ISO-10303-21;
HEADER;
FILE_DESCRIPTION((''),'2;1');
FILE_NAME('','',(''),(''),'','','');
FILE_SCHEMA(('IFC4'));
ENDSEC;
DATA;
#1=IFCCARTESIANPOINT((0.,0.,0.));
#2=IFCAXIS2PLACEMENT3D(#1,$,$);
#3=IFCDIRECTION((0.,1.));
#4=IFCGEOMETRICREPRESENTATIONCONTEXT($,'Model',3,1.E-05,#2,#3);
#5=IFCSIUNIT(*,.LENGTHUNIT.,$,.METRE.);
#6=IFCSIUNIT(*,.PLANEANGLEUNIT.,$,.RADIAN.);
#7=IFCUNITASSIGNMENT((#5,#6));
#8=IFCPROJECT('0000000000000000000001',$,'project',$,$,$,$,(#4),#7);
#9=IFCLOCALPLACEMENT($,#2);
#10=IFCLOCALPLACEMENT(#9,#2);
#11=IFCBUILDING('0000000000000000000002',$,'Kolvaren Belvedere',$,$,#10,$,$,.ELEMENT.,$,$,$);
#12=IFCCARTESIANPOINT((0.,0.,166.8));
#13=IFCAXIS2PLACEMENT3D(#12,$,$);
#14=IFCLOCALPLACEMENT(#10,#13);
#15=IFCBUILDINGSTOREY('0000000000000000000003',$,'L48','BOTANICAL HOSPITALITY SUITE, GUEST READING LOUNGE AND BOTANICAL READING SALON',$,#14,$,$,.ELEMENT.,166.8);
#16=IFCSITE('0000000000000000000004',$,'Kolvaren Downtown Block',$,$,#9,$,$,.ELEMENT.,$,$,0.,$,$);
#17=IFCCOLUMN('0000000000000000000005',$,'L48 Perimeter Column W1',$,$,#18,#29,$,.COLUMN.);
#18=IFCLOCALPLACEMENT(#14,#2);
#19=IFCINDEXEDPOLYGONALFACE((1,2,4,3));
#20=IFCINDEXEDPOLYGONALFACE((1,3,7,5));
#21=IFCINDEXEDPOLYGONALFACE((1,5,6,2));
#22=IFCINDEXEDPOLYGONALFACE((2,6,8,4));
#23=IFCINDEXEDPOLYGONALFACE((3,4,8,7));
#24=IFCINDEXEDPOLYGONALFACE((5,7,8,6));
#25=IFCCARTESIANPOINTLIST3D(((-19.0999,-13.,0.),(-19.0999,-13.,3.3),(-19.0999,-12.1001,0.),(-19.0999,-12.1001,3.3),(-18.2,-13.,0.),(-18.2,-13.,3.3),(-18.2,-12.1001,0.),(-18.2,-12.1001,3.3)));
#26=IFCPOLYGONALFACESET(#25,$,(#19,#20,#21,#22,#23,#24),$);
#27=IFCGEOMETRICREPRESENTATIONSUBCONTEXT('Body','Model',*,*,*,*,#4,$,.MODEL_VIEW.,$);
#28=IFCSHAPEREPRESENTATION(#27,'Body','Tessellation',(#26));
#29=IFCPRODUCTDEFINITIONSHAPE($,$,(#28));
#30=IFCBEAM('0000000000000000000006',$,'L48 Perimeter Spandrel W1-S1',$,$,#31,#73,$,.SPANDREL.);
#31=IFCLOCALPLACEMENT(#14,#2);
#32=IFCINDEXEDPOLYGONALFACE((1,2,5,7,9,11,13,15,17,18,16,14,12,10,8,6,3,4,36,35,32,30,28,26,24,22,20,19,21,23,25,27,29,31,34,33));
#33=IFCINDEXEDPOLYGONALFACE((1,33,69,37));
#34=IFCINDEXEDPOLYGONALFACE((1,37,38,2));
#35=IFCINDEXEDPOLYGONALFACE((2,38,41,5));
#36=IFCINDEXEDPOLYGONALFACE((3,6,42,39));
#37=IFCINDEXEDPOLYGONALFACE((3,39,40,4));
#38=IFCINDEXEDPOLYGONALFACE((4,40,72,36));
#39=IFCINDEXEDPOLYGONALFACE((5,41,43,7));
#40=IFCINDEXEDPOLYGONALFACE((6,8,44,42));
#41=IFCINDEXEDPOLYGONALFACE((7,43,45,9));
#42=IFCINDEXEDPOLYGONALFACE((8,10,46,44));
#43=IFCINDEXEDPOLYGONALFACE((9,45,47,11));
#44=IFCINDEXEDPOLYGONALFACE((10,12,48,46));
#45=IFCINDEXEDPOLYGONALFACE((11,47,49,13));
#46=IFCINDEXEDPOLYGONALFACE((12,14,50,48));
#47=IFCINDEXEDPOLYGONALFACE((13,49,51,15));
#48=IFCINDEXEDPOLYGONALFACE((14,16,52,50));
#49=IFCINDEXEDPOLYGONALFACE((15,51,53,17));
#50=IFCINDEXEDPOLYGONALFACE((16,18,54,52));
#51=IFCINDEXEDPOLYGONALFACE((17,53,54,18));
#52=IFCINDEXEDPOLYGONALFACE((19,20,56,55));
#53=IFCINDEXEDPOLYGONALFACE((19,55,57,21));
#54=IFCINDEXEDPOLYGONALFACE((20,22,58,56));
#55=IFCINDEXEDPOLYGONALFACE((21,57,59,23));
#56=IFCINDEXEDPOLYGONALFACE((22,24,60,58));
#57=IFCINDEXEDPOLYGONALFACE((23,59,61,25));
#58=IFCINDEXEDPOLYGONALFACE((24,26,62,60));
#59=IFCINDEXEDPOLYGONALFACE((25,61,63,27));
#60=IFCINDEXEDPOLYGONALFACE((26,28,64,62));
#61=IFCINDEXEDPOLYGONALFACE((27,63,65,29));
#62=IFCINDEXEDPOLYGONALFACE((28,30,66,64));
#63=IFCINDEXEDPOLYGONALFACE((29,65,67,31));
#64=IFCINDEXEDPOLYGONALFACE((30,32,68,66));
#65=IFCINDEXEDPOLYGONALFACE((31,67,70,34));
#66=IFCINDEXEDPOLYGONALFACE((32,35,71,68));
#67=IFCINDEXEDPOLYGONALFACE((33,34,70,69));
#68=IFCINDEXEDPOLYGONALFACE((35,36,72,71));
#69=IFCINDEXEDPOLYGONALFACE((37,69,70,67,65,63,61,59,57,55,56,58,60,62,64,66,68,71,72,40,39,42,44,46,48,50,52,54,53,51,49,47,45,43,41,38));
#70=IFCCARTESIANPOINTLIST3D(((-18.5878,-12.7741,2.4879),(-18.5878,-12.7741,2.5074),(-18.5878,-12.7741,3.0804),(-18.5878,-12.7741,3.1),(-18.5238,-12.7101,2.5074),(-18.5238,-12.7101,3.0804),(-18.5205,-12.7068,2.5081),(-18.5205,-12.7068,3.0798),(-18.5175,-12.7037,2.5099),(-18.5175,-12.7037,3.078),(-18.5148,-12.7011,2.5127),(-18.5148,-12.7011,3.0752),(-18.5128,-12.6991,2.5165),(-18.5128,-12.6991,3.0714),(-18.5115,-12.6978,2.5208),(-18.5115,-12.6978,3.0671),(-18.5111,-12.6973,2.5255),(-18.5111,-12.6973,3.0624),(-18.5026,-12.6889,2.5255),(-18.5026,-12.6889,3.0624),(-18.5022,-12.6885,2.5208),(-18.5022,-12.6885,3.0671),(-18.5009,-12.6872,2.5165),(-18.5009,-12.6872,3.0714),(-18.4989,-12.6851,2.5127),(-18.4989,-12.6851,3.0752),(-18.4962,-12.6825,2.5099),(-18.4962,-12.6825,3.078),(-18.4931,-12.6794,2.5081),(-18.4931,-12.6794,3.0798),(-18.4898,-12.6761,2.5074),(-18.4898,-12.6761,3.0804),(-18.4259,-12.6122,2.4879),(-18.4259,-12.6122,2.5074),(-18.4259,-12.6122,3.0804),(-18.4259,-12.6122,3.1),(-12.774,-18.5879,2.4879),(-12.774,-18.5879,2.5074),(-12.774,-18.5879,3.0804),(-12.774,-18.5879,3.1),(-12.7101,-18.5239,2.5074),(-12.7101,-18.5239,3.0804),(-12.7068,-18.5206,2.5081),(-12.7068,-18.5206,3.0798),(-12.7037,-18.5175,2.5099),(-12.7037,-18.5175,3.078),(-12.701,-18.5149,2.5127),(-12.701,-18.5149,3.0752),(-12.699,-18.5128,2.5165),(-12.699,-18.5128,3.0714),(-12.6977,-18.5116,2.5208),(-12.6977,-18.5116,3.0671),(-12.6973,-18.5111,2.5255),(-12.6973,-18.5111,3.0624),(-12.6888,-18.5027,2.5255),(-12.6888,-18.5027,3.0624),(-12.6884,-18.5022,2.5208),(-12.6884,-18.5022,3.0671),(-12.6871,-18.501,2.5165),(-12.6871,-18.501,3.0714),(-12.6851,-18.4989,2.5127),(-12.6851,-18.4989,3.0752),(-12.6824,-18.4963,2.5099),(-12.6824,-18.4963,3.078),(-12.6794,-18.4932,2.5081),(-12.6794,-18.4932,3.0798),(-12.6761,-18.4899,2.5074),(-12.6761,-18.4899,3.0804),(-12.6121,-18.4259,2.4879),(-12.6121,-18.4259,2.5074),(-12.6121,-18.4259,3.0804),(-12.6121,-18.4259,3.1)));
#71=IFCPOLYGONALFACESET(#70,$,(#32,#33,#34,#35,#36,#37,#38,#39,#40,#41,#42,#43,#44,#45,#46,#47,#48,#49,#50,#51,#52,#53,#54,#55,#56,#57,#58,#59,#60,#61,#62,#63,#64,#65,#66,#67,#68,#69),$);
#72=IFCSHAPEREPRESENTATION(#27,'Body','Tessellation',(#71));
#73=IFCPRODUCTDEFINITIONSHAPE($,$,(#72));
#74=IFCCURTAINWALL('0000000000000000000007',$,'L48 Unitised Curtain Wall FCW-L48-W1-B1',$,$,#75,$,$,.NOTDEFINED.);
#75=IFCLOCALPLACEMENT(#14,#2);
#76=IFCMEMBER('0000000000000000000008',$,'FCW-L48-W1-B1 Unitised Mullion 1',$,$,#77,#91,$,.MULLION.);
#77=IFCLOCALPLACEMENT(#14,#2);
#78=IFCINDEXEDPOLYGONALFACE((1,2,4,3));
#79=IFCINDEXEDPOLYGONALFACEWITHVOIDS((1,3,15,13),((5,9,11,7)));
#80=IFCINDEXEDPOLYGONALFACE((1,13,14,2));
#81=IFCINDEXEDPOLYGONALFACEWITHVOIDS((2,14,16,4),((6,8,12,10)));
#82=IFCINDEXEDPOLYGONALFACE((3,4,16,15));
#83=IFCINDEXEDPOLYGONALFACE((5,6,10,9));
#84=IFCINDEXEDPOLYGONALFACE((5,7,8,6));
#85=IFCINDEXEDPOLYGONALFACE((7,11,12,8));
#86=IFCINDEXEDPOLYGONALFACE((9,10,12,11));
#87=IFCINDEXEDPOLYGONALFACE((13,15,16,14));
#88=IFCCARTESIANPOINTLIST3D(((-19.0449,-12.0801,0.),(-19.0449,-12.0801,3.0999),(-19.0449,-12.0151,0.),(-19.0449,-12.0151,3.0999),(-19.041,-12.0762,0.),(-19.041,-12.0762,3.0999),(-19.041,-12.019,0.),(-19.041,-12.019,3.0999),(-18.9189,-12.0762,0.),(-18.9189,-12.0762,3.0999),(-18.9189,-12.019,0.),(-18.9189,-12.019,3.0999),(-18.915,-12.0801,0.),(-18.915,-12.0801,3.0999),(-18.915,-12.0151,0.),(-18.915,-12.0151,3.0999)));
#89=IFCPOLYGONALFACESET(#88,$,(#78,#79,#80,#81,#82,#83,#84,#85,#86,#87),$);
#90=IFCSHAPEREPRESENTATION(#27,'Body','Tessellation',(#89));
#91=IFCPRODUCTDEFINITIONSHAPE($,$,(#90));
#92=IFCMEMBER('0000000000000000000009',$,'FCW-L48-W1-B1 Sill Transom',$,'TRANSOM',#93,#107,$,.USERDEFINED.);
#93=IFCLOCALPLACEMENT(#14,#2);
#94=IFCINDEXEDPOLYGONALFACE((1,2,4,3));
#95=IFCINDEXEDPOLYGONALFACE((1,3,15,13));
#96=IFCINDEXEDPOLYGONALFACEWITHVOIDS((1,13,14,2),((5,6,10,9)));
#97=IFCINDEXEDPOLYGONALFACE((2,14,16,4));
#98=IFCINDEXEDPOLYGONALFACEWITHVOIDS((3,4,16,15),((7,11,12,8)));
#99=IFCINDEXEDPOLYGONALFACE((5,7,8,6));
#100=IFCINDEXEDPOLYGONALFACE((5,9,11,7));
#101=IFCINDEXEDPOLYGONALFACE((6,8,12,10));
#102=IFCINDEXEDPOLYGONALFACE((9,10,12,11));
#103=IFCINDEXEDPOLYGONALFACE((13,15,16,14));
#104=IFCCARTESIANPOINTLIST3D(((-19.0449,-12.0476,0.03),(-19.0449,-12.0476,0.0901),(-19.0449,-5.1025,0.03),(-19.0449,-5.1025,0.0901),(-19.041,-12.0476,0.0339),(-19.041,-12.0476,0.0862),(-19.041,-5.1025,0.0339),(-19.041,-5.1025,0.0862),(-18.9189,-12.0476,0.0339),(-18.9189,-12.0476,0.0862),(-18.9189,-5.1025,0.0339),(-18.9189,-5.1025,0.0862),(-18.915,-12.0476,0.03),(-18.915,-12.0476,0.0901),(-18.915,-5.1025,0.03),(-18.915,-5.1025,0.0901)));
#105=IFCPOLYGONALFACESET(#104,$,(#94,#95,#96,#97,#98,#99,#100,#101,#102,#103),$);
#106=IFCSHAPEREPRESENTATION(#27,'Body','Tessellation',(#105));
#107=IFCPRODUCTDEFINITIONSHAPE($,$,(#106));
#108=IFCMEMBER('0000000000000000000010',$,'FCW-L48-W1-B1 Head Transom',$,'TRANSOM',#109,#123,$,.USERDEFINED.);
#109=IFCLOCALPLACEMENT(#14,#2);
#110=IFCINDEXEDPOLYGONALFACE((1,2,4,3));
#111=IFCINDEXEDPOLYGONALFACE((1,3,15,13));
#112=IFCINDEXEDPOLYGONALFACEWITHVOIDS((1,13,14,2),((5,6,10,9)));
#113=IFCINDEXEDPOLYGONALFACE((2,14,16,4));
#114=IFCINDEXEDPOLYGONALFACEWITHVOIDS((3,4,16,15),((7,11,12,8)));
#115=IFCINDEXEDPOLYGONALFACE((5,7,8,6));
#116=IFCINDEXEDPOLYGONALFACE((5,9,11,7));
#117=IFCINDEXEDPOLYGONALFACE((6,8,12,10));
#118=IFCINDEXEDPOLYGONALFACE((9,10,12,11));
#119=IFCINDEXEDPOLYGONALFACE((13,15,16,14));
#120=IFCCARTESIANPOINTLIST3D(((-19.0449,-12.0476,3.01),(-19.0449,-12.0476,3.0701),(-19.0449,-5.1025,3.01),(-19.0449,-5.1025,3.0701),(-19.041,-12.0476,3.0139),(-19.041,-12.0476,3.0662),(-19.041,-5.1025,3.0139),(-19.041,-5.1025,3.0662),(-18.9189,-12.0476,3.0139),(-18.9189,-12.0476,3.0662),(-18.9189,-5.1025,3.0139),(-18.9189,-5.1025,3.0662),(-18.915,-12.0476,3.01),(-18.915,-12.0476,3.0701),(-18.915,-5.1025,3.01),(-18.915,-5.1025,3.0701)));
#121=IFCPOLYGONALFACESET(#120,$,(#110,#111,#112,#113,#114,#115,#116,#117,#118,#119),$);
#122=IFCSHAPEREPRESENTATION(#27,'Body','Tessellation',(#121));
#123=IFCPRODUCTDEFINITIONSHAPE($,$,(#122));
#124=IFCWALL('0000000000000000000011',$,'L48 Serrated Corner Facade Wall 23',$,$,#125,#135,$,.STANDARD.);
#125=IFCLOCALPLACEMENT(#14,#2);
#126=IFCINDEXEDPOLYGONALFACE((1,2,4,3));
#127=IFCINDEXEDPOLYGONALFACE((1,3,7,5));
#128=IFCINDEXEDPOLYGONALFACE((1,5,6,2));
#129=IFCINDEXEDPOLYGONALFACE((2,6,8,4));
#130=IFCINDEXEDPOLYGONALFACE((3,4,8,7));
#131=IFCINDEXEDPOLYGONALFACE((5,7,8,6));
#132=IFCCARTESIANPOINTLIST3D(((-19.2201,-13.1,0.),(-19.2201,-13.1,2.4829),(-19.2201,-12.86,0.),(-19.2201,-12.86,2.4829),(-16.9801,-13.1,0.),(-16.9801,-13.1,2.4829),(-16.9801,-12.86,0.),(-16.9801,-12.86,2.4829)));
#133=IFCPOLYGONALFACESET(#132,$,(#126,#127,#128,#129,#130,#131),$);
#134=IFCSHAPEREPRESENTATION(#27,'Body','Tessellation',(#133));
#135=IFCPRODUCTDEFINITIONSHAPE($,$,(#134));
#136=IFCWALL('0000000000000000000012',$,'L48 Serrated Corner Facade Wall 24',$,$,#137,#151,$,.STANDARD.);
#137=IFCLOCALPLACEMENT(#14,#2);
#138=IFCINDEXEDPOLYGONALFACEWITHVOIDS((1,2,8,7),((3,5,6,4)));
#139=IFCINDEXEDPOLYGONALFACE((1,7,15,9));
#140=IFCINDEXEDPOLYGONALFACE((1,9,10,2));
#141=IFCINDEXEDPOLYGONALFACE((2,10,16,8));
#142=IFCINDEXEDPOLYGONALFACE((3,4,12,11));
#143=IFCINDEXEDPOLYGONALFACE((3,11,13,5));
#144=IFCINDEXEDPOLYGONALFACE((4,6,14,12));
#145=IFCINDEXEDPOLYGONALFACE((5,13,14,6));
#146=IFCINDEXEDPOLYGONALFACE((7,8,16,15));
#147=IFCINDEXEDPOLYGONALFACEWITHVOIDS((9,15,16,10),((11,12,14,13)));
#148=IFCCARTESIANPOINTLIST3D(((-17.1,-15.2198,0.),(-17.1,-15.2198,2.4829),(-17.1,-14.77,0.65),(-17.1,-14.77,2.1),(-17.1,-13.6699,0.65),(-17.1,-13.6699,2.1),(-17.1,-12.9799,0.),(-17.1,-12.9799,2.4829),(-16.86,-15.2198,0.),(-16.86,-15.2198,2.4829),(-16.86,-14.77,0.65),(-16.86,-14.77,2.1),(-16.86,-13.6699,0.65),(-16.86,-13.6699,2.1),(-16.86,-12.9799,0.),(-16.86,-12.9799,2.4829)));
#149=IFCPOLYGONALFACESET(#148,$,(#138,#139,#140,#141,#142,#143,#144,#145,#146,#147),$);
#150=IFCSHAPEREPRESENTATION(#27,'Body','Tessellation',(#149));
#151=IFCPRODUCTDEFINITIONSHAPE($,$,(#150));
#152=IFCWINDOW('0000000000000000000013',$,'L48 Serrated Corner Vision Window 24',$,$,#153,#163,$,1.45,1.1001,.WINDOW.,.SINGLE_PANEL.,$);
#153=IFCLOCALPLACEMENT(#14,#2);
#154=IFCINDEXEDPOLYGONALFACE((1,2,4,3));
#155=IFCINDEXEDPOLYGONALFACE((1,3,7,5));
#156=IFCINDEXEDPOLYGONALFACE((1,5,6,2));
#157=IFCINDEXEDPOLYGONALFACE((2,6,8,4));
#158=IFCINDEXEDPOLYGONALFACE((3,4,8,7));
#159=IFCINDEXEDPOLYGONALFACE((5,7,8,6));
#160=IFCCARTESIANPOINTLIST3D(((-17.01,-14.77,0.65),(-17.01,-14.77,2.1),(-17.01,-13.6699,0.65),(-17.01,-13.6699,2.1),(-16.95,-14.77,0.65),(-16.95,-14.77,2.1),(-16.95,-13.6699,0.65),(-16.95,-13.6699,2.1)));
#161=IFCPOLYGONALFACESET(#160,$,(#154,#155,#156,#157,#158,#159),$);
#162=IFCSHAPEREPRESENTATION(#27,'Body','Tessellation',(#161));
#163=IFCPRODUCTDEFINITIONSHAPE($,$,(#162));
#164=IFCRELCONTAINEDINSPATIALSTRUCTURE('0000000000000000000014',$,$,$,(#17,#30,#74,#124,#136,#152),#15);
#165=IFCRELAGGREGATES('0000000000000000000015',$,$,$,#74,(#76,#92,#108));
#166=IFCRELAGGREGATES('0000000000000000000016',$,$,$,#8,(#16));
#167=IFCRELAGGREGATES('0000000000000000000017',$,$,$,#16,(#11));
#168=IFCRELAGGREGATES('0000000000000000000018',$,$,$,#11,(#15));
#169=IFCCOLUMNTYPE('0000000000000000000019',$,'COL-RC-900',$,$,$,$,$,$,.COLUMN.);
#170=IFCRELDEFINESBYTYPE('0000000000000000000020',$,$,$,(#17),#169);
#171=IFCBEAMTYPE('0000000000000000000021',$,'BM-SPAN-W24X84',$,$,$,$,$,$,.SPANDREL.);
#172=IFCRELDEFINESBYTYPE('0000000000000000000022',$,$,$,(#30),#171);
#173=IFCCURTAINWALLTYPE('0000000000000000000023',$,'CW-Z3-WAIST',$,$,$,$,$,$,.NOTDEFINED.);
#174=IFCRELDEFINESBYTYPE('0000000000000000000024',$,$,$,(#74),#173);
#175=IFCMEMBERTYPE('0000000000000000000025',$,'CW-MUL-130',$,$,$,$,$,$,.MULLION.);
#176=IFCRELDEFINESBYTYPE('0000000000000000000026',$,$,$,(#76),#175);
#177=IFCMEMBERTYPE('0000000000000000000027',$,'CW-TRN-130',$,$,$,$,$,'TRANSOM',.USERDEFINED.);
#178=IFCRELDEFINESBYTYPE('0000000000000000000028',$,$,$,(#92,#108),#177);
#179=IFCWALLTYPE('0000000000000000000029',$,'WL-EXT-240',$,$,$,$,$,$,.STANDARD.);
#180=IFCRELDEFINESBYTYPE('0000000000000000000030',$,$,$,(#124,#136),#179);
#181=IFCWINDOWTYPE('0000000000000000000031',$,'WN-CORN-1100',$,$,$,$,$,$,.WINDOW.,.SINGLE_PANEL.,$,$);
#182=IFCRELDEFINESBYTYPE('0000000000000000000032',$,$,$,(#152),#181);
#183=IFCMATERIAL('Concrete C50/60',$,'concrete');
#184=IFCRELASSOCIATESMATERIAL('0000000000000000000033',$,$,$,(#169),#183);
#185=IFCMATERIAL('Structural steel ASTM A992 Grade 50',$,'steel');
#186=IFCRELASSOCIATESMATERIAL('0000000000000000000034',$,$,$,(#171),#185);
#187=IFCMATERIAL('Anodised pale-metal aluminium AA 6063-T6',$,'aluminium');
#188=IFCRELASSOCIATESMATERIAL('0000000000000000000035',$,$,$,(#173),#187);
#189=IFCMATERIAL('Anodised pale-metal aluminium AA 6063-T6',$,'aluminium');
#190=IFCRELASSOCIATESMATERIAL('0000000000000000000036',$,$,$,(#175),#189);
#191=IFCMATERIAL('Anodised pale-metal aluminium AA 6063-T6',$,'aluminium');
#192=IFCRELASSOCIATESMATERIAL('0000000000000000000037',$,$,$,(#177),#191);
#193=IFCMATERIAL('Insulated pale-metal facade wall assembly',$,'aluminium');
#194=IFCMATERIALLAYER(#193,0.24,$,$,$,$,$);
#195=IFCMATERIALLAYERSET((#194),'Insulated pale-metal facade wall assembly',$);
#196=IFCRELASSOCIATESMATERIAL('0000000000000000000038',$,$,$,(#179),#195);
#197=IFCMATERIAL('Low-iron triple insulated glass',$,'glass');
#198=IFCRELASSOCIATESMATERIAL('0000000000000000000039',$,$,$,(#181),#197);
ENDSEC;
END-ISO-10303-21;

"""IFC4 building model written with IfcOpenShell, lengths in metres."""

from ifc_helpers import new_model, si_unit, direction, frame, frame_2d, origin, origin_2d, place, context, subcontext, project, spatial, rectangle, hollow_rectangle, i_section, extrude, material, layer, layer_set, material_profile, profile_set, type_object, element, fill, aggregate, save


model = new_model("IFC4")

# Units and contexts
model_context = context("Model", 3, precision=1e-05, world=origin(), true_north=direction((0.0, 1.0)))
body_context = subcontext(model_context, "Body", "Model", "MODEL_VIEW")
ifc_project = project(units=[si_unit("LENGTHUNIT", "METRE"), si_unit("PLANEANGLEUNIT", "RADIAN")], contexts=[model_context])

# Site, building, storey
site_placement = place(None, origin())
site = spatial("IfcSite", under=ifc_project, at=site_placement, Name="Kolvaren Downtown Block", CompositionType="ELEMENT", RefElevation=0.0)
building_placement = place(site_placement, origin())
building = spatial("IfcBuilding", under=site, at=building_placement, Name="Kolvaren Belvedere", CompositionType="ELEMENT")
storey_placement = place(building_placement, frame((0.0, 0.0, 166.8)))
storey = spatial("IfcBuildingStorey", under=building, at=storey_placement, Name="L48", Description="BOTANICAL HOSPITALITY SUITE, GUEST READING LOUNGE AND BOTANICAL READING SALON", CompositionType="ELEMENT", Elevation=166.8)

# Column
ifc_material_1 = material(Name="Concrete C50/60", Category="concrete")
ifc_material_profile_1 = material_profile(ifc_material_1, rectangle(XDim=0.8999, YDim=0.8999, at=origin_2d()), Name="RC 900X900")
ifc_profile_set_1 = profile_set([ifc_material_profile_1], Name="Concrete C50/60")
column_type = type_object("IfcColumnType", Name="COL-RC-900", PredefinedType="COLUMN", material=ifc_profile_set_1)
column_placement = place(storey_placement, frame((-18.6499, -12.55, 0.0), z_axis=(0.0, 0.0, 1.0), x_axis=(1.0, 0.0, 0.0)))
element("IfcColumn", 1, at=column_placement, inside=storey, type_object=column_type, Name="L48 Perimeter Column W1", PredefinedType="COLUMN", context=body_context, shape_type="SweptSolid", body=[
    extrude(rectangle(XDim=0.8999, YDim=0.8999, at=origin_2d()), origin(), (0.0, 0.0, 1.0), 3.3),
])

# Beam
ifc_material_2 = material(Name="Structural steel ASTM A992 Grade 50", Category="steel")
ifc_material_profile_2 = material_profile(ifc_material_2, i_section(OverallWidth=0.229, OverallDepth=0.6121, WebThickness=0.012, FlangeThickness=0.0195, FilletRadius=0.0181, at=origin_2d()), Name="W24X84")
ifc_profile_set_2 = profile_set([ifc_material_profile_2], Name="Structural steel ASTM A992 Grade 50")
beam_type = type_object("IfcBeamType", Name="BM-SPAN-W24X84", PredefinedType="SPANDREL", material=ifc_profile_set_2)
beam_placement = place(storey_placement, frame((-18.5068, -12.6931, 2.7939), z_axis=(0.707107, -0.707107, 0.0), x_axis=(0.707107, 0.707107, 0.0)))
element("IfcBeam", 2, at=beam_placement, inside=storey, type_object=beam_type, Name="L48 Perimeter Spandrel W1-S1", PredefinedType="SPANDREL", context=body_context, shape_type="SweptSolid", body=[
    extrude(i_section(OverallWidth=0.229, OverallDepth=0.6121, WebThickness=0.012, FlangeThickness=0.0195, FilletRadius=0.0181, at=origin_2d()), origin(), (0.0, 0.0, 1.0), 8.2219),
])

# Curtain wall, members
ifc_material_3 = material(Name="Anodised pale-metal aluminium AA 6063-T6", Category="aluminium")
curtain_wall_type = type_object("IfcCurtainWallType", Name="CW-Z3-WAIST", PredefinedType="NOTDEFINED", material=ifc_material_3)
curtain_wall_placement = place(storey_placement, origin())
curtain_wall = element("IfcCurtainWall", 3, at=curtain_wall_placement, inside=storey, type_object=curtain_wall_type, Name="L48 Unitised Curtain Wall FCW-L48-W1-B1", PredefinedType="NOTDEFINED")
ifc_material_4 = material(Name="Anodised pale-metal aluminium AA 6063-T6", Category="aluminium")
ifc_material_profile_3 = material_profile(ifc_material_4, hollow_rectangle(XDim=0.0649, YDim=0.1299, WallThickness=0.0039, at=origin_2d()), Name="ALU-MUL-130X65")
ifc_profile_set_3 = profile_set([ifc_material_profile_3], Name="Anodised pale-metal aluminium AA 6063-T6")
member_type_1 = type_object("IfcMemberType", Name="CW-MUL-130", PredefinedType="MULLION", material=ifc_profile_set_3)
member_1_placement = place(storey_placement, frame((-18.98, -12.0476, 0.0), z_axis=(0.0, 0.0, 1.0), x_axis=(0.0, 1.0, 0.0)))
member_1 = element("IfcMember", 4, at=member_1_placement, type_object=member_type_1, Name="FCW-L48-W1-B1 Unitised Mullion 1", PredefinedType="MULLION", context=body_context, shape_type="SweptSolid", body=[
    extrude(hollow_rectangle(XDim=0.0649, YDim=0.1299, WallThickness=0.0039, at=origin_2d()), origin(), (0.0, 0.0, 1.0), 3.0999),
])
ifc_material_5 = material(Name="Anodised pale-metal aluminium AA 6063-T6", Category="aluminium")
ifc_material_profile_4 = material_profile(ifc_material_5, hollow_rectangle(XDim=0.0601, YDim=0.1299, WallThickness=0.0039, at=origin_2d()), Name="ALU-TRN-130X60")
ifc_profile_set_4 = profile_set([ifc_material_profile_4], Name="Anodised pale-metal aluminium AA 6063-T6")
member_type_2 = type_object("IfcMemberType", Name="CW-TRN-130", ElementType="TRANSOM", PredefinedType="USERDEFINED", material=ifc_profile_set_4)
member_2_placement = place(storey_placement, frame((-18.98, -12.0476, 0.0601), z_axis=(0.0, 1.0, 0.0), x_axis=(0.0, 0.0, 1.0)))
member_2 = element("IfcMember", 5, at=member_2_placement, type_object=member_type_2, Name="FCW-L48-W1-B1 Sill Transom", ObjectType="TRANSOM", PredefinedType="USERDEFINED", context=body_context, shape_type="SweptSolid", body=[
    extrude(hollow_rectangle(XDim=0.0601, YDim=0.1299, WallThickness=0.0039, at=origin_2d()), origin(), (0.0, 0.0, 1.0), 6.9451),
])
member_3_placement = place(storey_placement, frame((-18.98, -12.0476, 3.04), z_axis=(0.0, 1.0, 0.0), x_axis=(0.0, 0.0, 1.0)))
member_3 = element("IfcMember", 6, at=member_3_placement, type_object=member_type_2, Name="FCW-L48-W1-B1 Head Transom", ObjectType="TRANSOM", PredefinedType="USERDEFINED", context=body_context, shape_type="SweptSolid", body=[
    extrude(hollow_rectangle(XDim=0.0601, YDim=0.1299, WallThickness=0.0039, at=origin_2d()), origin(), (0.0, 0.0, 1.0), 6.9451),
])
aggregate(curtain_wall, [member_1, member_2, member_3])

# Wall
ifc_material_6 = material(Name="Insulated pale-metal facade wall assembly", Category="aluminium")
ifc_layer_1 = layer(ifc_material_6, 0.24)
ifc_layer_set_1 = layer_set([ifc_layer_1], Name="Insulated pale-metal facade wall assembly")
wall_type_1 = type_object("IfcWallType", Name="WL-EXT-240", PredefinedType="STANDARD", material=ifc_layer_set_1)
wall_1_placement = place(storey_placement, frame((-16.98, -12.98, 0.0), z_axis=(0.0, 0.0, 1.0), x_axis=(-1.0, 0.0, 0.0)))
element("IfcWall", 7, at=wall_1_placement, inside=storey, type_object=wall_type_1, Name="L48 Serrated Corner Facade Wall 23", PredefinedType="STANDARD", context=body_context, shape_type="SweptSolid", body=[
    extrude(rectangle(XDim=2.24, YDim=0.24, at=frame_2d((1.1201, 0.0))), origin(), (0.0, 0.0, 1.0), 2.4829),
])

# Wall, opening, window
wall_2_placement = place(storey_placement, frame((-16.98, -15.22, 0.0), z_axis=(0.0, 0.0, 1.0), x_axis=(0.0, 1.0, 0.0)))
wall_2 = element("IfcWall", 8, at=wall_2_placement, inside=storey, type_object=wall_type_1, Name="L48 Serrated Corner Facade Wall 24", PredefinedType="STANDARD", context=body_context, shape_type="SweptSolid", body=[
    extrude(rectangle(XDim=2.24, YDim=0.24, at=frame_2d((1.1201, 0.0))), origin(), (0.0, 0.0, 1.0), 2.4829),
])
opening_1_placement = place(wall_2_placement, frame((0.45, 0.0, 0.6499)))
opening_1 = element("IfcOpeningElement", 9, at=opening_1_placement, cuts=wall_2, PredefinedType="OPENING", context=body_context, shape_type="SweptSolid", body=[
    extrude(rectangle(XDim=1.1001, YDim=1.45, at=frame_2d((0.55, 0.7251))), frame((0.0, 0.1299, 0.0), z_axis=(0.0, -1.0, 0.0), x_axis=(1.0, 0.0, 0.0)), (0.0, 0.0, 1.0), 0.26),
])
ifc_material_7 = material(Name="Low-iron triple insulated glass", Category="glass")
window_type = type_object("IfcWindowType", Name="WN-CORN-1100", PartitioningType="SINGLE_PANEL", PredefinedType="WINDOW", material=ifc_material_7)
window_1_placement = place(opening_1_placement, origin())
window_1 = element("IfcWindow", 10, at=window_1_placement, inside=storey, type_object=window_type, Name="L48 Serrated Corner Vision Window 24", OverallHeight=1.45, OverallWidth=1.1001, PartitioningType="SINGLE_PANEL", PredefinedType="WINDOW", context=body_context, shape_type="SweptSolid", body=[
    extrude(rectangle(XDim=1.1001, YDim=1.45, at=frame_2d((0.55, 0.7251))), frame((0.0, 0.03, 0.0), z_axis=(0.0, -1.0, 0.0), x_axis=(1.0, 0.0, 0.0)), (0.0, 0.0, 1.0), 0.0601),
])
fill(opening_1, window_1)

save(model, "model.ifc")
